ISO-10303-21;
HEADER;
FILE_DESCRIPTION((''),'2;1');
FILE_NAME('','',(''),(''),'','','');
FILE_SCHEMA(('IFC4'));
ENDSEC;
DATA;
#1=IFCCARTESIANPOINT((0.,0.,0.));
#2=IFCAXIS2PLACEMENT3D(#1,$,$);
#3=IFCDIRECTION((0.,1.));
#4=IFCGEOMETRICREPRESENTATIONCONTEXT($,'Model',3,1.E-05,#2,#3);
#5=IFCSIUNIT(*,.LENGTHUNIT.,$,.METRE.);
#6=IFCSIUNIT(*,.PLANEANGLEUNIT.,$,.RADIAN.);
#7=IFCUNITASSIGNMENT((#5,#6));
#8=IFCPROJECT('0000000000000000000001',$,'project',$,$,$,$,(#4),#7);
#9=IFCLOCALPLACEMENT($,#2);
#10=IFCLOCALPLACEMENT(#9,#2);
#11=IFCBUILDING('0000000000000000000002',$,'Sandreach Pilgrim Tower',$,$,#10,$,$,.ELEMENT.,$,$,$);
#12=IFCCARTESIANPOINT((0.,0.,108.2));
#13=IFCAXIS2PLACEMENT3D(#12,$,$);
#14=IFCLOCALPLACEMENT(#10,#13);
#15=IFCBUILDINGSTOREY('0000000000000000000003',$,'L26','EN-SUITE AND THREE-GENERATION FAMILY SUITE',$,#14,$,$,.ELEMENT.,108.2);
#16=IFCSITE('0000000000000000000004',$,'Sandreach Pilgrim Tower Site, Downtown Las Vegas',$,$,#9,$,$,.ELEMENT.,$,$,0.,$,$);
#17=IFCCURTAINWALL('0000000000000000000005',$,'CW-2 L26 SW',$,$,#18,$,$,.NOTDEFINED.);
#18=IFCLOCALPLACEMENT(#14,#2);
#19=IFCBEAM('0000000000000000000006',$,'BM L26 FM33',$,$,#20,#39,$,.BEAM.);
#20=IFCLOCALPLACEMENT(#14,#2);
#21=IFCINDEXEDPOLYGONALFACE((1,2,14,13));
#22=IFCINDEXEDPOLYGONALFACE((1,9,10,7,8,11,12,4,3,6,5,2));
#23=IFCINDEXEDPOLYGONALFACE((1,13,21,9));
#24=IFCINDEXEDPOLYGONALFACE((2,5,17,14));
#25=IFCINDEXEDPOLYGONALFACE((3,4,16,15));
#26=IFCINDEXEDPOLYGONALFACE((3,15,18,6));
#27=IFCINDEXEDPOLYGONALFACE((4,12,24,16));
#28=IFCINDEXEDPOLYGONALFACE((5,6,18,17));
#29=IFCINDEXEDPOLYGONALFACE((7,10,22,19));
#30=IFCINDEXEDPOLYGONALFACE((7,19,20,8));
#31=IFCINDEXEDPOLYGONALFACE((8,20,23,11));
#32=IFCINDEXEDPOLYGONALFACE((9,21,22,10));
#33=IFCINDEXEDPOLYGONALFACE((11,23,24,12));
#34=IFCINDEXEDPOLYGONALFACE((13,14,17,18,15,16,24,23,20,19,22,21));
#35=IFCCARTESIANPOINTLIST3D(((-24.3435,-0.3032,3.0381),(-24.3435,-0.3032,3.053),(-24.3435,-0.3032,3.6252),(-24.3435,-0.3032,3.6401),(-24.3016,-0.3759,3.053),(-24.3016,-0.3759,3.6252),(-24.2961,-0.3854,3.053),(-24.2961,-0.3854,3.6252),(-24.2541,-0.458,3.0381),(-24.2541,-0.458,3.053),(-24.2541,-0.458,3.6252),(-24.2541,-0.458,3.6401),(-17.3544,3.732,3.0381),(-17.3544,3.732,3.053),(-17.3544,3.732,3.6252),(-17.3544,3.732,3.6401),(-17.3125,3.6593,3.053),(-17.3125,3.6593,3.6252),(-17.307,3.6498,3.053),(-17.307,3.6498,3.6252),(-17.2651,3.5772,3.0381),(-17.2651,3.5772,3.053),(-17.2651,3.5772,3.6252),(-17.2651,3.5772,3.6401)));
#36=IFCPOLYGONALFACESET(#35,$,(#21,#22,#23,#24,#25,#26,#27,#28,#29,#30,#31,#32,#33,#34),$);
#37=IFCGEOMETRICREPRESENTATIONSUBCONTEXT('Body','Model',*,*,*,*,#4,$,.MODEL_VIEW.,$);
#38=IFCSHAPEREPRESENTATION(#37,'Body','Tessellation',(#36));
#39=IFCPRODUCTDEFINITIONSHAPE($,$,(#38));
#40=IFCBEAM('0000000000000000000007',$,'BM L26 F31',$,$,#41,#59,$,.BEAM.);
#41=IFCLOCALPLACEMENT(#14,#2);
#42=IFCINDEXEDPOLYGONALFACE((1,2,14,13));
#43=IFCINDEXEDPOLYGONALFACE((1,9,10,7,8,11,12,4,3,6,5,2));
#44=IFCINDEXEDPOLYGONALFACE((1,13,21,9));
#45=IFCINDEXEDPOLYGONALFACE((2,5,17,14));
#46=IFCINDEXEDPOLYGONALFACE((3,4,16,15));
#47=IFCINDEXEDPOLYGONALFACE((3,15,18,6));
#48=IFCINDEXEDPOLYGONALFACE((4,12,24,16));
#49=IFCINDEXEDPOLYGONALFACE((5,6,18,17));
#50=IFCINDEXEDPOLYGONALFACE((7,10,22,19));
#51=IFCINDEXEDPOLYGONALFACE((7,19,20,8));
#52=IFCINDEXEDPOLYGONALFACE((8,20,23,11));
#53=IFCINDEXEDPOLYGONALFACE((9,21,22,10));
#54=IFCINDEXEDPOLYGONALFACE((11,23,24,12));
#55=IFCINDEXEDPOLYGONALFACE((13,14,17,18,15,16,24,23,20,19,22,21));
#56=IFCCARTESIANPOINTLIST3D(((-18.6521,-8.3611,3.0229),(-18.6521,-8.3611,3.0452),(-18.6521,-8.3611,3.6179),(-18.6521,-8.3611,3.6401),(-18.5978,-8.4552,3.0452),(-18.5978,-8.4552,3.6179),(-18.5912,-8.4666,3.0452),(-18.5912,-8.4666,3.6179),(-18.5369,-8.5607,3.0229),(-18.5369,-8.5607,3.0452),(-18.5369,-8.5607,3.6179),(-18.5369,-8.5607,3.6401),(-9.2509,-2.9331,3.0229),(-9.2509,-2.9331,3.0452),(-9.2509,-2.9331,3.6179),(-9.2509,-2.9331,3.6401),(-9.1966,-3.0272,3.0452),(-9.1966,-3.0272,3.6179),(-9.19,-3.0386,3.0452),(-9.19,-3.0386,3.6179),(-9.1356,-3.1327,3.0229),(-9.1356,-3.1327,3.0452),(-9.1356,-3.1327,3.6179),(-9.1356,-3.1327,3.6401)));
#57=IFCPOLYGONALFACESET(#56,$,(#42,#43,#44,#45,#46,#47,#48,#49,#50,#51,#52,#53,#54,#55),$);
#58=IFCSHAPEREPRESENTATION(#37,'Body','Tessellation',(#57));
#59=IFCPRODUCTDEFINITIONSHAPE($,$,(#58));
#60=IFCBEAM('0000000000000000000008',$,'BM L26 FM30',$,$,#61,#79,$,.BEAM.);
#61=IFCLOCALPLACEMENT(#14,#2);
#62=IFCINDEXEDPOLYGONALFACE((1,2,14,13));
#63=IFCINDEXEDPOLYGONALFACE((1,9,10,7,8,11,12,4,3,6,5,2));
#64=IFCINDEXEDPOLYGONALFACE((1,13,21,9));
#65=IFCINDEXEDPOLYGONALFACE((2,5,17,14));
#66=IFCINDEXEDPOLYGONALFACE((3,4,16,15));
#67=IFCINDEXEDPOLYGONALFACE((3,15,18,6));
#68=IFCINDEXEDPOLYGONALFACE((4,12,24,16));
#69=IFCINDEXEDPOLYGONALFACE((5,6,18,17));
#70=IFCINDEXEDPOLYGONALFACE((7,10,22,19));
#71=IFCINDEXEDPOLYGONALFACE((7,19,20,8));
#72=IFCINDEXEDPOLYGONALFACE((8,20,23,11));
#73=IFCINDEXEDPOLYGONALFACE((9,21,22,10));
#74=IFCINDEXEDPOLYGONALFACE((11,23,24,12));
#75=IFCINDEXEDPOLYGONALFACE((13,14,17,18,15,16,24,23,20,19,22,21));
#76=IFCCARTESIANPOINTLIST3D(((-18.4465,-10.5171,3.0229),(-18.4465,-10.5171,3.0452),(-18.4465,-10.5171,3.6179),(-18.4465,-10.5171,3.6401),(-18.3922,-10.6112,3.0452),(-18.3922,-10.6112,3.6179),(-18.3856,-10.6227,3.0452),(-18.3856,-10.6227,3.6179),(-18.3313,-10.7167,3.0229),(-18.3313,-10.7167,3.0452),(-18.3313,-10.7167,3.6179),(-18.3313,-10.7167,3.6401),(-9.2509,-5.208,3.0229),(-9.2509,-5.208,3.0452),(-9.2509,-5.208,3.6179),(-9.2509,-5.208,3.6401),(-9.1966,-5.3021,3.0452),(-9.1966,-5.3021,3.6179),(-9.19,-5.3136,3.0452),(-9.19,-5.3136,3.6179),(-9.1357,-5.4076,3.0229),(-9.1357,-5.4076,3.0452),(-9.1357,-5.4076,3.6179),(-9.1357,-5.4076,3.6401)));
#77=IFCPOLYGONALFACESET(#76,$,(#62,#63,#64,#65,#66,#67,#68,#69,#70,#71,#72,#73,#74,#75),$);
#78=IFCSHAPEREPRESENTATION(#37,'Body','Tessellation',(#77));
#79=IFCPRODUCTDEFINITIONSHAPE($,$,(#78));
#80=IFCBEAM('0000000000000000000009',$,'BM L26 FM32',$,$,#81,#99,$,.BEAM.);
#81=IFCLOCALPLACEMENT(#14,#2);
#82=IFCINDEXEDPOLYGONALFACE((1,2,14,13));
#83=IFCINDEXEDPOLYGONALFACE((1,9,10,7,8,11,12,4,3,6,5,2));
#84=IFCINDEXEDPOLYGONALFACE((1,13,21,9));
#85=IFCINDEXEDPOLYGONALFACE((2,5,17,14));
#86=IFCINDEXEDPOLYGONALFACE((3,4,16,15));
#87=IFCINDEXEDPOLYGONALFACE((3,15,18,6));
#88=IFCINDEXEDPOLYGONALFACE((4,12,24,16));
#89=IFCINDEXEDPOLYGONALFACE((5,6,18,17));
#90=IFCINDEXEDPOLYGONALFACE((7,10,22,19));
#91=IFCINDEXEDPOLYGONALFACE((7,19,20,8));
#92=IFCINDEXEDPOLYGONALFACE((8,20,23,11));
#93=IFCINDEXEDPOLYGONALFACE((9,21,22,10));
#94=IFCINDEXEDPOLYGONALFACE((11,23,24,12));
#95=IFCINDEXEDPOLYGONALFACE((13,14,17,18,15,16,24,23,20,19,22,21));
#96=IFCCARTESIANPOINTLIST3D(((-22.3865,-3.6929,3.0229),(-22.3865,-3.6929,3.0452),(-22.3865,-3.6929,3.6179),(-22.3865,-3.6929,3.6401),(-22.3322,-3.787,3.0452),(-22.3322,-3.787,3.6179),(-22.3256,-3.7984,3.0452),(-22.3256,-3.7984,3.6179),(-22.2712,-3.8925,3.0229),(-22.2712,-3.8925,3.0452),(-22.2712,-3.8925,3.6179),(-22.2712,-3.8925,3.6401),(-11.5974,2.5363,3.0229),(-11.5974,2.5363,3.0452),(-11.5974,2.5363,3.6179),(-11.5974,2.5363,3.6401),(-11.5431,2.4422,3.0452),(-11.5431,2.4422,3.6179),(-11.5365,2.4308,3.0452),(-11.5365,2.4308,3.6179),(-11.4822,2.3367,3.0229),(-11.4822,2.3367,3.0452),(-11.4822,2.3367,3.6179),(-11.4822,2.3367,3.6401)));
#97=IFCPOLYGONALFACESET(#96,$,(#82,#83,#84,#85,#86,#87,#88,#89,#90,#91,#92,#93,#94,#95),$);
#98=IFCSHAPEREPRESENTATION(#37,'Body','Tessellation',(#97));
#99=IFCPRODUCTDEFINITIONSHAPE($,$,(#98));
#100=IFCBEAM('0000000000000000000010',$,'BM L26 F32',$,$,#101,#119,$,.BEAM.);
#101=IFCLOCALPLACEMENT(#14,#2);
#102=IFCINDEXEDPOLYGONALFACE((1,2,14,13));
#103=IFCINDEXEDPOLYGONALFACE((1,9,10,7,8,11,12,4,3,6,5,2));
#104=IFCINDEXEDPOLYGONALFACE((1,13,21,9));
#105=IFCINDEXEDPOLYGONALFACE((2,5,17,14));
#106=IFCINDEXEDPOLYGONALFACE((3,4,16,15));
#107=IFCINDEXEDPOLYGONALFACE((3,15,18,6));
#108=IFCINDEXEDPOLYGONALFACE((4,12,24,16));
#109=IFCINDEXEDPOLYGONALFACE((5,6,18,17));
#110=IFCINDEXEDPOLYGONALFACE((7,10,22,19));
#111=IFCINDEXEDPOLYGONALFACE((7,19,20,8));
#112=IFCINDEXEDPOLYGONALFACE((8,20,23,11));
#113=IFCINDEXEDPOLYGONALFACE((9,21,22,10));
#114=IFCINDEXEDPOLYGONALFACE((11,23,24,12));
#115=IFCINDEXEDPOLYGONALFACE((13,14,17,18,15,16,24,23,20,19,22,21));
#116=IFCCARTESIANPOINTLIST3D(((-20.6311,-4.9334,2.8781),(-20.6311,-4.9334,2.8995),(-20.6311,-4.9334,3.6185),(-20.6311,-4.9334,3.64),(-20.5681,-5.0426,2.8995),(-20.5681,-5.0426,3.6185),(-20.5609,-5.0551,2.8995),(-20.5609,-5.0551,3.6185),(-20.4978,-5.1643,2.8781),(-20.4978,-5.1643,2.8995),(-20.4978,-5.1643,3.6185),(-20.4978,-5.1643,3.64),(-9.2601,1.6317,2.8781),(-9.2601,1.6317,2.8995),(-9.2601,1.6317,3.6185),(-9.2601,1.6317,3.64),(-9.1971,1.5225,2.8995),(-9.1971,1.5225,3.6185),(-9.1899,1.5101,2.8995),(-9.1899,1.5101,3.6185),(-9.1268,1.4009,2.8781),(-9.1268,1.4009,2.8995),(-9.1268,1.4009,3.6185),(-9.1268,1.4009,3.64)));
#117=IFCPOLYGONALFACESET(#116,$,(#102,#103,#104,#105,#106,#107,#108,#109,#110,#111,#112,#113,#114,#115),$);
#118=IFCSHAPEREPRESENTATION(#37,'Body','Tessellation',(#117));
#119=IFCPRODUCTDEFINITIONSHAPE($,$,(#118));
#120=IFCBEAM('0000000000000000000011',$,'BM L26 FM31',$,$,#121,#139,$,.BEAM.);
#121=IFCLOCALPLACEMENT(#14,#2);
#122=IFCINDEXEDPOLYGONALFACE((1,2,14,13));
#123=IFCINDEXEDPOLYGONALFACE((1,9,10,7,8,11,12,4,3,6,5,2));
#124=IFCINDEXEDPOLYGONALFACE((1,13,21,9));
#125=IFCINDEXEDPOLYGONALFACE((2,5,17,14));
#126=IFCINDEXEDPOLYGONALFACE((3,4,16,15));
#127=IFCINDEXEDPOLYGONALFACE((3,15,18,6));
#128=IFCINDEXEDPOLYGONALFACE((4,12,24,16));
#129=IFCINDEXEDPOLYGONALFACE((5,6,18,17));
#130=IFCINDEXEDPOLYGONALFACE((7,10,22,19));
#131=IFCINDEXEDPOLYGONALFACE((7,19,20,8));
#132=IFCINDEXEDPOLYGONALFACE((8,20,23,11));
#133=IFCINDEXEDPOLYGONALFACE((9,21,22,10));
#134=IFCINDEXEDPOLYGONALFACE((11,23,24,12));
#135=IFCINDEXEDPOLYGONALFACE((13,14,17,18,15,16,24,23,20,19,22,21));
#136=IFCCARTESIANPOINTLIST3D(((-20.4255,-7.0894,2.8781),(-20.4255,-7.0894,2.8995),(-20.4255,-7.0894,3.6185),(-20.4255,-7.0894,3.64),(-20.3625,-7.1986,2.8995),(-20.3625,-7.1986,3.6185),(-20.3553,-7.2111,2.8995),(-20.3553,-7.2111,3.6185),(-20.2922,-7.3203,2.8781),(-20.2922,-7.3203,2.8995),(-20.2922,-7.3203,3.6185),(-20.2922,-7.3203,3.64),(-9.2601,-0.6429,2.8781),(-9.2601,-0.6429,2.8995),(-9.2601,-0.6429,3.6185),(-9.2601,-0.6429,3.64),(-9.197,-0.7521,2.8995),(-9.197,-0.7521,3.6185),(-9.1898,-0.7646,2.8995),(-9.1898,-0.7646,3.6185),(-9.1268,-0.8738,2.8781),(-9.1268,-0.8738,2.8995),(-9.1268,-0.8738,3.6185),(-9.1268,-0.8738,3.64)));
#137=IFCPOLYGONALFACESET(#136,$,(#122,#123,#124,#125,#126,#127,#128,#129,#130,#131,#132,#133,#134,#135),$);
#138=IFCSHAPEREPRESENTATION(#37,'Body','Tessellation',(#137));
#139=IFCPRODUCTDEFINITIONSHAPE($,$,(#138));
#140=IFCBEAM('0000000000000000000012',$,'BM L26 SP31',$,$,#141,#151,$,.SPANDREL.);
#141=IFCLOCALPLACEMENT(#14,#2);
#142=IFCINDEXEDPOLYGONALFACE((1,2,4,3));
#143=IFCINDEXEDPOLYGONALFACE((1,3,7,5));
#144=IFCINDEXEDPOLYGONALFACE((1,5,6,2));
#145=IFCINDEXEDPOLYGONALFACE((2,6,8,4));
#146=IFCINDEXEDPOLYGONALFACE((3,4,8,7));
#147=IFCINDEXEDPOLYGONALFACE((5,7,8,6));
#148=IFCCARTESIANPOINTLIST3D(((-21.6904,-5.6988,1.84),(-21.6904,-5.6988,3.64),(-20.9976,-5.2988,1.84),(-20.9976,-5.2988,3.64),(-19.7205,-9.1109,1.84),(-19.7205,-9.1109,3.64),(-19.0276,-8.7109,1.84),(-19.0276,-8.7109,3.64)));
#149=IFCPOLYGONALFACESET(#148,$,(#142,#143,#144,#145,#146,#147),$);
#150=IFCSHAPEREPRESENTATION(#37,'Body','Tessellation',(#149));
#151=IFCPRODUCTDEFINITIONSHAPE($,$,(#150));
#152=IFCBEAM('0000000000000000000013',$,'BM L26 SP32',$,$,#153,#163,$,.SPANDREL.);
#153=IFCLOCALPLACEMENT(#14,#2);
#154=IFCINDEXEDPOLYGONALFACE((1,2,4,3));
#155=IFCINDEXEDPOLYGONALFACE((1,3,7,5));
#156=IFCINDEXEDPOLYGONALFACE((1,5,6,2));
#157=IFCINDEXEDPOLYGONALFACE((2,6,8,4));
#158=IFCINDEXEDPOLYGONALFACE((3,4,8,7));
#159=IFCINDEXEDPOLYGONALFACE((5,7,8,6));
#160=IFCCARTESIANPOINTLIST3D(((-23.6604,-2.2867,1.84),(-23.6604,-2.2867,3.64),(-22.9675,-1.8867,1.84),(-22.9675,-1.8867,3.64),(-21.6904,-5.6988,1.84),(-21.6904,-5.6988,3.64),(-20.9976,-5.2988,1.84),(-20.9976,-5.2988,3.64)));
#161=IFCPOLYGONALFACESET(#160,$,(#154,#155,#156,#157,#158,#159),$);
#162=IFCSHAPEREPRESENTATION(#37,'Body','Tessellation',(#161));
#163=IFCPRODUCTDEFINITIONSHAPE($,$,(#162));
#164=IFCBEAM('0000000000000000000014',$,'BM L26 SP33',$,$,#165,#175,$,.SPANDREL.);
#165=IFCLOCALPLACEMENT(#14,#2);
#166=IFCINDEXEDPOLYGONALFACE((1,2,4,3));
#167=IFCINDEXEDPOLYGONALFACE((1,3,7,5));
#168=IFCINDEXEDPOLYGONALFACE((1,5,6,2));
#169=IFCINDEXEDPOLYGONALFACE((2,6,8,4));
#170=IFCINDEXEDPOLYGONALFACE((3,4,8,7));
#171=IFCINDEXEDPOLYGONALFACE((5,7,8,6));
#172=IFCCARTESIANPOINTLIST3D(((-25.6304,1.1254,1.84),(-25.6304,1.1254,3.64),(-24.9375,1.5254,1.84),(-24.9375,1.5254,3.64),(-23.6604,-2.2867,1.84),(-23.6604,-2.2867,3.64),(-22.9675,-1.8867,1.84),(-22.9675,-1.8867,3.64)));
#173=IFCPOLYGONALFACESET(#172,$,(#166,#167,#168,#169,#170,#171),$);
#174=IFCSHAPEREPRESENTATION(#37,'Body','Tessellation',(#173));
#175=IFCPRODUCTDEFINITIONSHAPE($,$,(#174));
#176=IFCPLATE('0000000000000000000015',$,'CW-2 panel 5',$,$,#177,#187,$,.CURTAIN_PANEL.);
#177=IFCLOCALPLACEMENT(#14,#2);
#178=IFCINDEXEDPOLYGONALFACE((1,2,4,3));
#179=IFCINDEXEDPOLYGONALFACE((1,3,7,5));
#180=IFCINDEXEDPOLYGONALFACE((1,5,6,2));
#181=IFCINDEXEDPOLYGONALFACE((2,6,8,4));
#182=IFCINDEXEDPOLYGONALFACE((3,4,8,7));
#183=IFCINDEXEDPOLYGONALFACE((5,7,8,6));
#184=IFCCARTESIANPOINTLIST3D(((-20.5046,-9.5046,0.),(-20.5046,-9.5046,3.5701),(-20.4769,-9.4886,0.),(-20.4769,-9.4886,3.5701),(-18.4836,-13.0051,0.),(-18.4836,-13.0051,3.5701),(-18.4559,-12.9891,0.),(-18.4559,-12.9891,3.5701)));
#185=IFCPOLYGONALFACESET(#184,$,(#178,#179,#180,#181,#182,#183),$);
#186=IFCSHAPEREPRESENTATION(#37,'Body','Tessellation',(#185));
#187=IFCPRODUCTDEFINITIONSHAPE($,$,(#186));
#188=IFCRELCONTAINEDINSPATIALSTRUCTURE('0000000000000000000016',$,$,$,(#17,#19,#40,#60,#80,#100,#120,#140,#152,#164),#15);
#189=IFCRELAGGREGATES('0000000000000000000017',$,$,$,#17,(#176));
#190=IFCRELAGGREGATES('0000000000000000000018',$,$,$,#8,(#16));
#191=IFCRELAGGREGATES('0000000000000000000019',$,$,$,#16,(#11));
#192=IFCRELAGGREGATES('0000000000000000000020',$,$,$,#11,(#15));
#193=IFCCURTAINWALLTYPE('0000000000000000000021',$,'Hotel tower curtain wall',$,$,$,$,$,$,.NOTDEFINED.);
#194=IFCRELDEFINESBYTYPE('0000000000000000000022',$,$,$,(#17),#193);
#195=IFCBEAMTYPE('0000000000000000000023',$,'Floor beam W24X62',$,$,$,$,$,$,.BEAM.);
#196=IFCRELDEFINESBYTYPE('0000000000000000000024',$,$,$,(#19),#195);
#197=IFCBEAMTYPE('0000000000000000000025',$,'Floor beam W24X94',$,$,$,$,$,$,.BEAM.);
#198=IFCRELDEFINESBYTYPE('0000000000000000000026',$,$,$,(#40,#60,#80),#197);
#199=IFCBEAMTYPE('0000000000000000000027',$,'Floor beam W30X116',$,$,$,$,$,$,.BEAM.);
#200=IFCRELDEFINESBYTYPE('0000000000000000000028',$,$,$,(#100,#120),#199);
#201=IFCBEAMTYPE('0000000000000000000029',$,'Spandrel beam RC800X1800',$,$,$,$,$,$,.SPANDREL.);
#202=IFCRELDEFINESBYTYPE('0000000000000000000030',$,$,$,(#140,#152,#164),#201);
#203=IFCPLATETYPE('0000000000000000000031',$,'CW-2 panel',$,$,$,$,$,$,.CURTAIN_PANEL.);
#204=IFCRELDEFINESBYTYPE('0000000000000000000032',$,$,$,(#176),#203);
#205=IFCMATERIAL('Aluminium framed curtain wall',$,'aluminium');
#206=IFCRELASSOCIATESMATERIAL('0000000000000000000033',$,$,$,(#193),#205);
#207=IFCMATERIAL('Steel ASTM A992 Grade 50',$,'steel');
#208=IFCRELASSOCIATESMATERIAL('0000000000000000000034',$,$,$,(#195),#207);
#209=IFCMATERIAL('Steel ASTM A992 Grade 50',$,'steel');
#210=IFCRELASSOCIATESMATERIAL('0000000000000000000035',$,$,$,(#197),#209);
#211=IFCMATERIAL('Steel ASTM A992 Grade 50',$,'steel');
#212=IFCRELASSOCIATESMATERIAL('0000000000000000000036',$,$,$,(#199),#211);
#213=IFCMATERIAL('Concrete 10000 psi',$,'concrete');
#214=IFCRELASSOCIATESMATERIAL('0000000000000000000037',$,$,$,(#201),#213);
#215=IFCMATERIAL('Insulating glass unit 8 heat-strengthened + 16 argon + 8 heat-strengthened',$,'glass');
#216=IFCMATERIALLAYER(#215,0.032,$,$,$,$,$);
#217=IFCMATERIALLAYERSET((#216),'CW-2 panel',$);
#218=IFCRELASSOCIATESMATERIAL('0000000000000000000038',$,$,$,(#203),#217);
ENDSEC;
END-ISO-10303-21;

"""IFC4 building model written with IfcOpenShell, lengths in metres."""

from ifc_helpers import new_model, si_unit, direction, frame, origin, origin_2d, place, context, subcontext, project, spatial, rectangle, i_section, extrude, material, layer, layer_set, material_profile, profile_set, type_object, element, aggregate, save


model = new_model("IFC4")

# Units and contexts
model_context = context("Model", 3, precision=1e-05, world=origin(), true_north=direction((0.0, 1.0)))
body_context = subcontext(model_context, "Body", "Model", "MODEL_VIEW")
ifc_project = project(units=[si_unit("LENGTHUNIT", "METRE"), si_unit("PLANEANGLEUNIT", "RADIAN")], contexts=[model_context])

# Site, building, storey
site_placement = place(None, origin())
site = spatial("IfcSite", under=ifc_project, at=site_placement, Name="Sandreach Pilgrim Tower Site, Downtown Las Vegas", CompositionType="ELEMENT", RefElevation=0.0)
building_placement = place(site_placement, origin())
building = spatial("IfcBuilding", under=site, at=building_placement, Name="Sandreach Pilgrim Tower", CompositionType="ELEMENT")
storey_placement = place(building_placement, frame((0.0, 0.0, 108.2)))
storey = spatial("IfcBuildingStorey", under=building, at=storey_placement, Name="L26", Description="EN-SUITE AND THREE-GENERATION FAMILY SUITE", CompositionType="ELEMENT", Elevation=108.2)

# Curtain wall
ifc_material_1 = material(Name="Aluminium framed curtain wall", Category="aluminium")
curtain_wall_type = type_object("IfcCurtainWallType", Name="Hotel tower curtain wall", PredefinedType="NOTDEFINED", material=ifc_material_1)
curtain_wall_placement = place(storey_placement, origin())
curtain_wall = element("IfcCurtainWall", 1, at=curtain_wall_placement, inside=storey, type_object=curtain_wall_type, Name="CW-2 L26 SW", PredefinedType="NOTDEFINED")

# Beams
ifc_material_2 = material(Name="Steel ASTM A992 Grade 50", Category="steel")
ifc_material_profile_1 = material_profile(ifc_material_2, i_section(OverallWidth=0.1787, OverallDepth=0.6021, WebThickness=0.011, FlangeThickness=0.0149, at=origin_2d()), Name="W24X62")
ifc_profile_set_1 = profile_set([ifc_material_profile_1], Name="Steel ASTM A992 Grade 50")
beam_type_1 = type_object("IfcBeamType", Name="Floor beam W24X62", PredefinedType="BEAM", material=ifc_profile_set_1)
beam_1_placement = place(storey_placement, frame((-24.2988, -0.3806, 3.3391), z_axis=(0.866023, 0.500004, 0.0), x_axis=(-0.500004, 0.866023, 0.0)))
element("IfcBeam", 2, at=beam_1_placement, inside=storey, type_object=beam_type_1, Name="BM L26 FM33", PredefinedType="BEAM", context=body_context, shape_type="SweptSolid", body=[
    extrude(i_section(OverallWidth=0.1787, OverallDepth=0.6021, WebThickness=0.011, FlangeThickness=0.0149, at=origin_2d()), origin(), (0.0, 0.0, 1.0), 8.0703),
])
ifc_material_3 = material(Name="Steel ASTM A992 Grade 50", Category="steel")
ifc_material_profile_2 = material_profile(ifc_material_3, i_section(OverallWidth=0.2305, OverallDepth=0.6172, WebThickness=0.0132, FlangeThickness=0.0222, at=origin_2d()), Name="W24X94")
ifc_profile_set_2 = profile_set([ifc_material_profile_2], Name="Steel ASTM A992 Grade 50")
beam_type_2 = type_object("IfcBeamType", Name="Floor beam W24X94", PredefinedType="BEAM", material=ifc_profile_set_2)
beam_2_placement = place(storey_placement, frame((-18.5945, -8.4609, 3.3315), z_axis=(0.866016, 0.500016, 0.0), x_axis=(-0.500016, 0.866016, 0.0)))
element("IfcBeam", 3, at=beam_2_placement, inside=storey, type_object=beam_type_2, Name="BM L26 F31", PredefinedType="BEAM", context=body_context, shape_type="SweptSolid", body=[
    extrude(i_section(OverallWidth=0.2305, OverallDepth=0.6172, WebThickness=0.0132, FlangeThickness=0.0222, at=origin_2d()), origin(), (0.0, 0.0, 1.0), 10.8557),
])
beam_3_placement = place(storey_placement, frame((-18.3889, -10.6169, 3.3315), z_axis=(0.866024, 0.500002, 0.0), x_axis=(-0.500002, 0.866024, 0.0)))
element("IfcBeam", 4, at=beam_3_placement, inside=storey, type_object=beam_type_2, Name="BM L26 FM30", PredefinedType="BEAM", context=body_context, shape_type="SweptSolid", body=[
    extrude(i_section(OverallWidth=0.2305, OverallDepth=0.6172, WebThickness=0.0132, FlangeThickness=0.0222, at=origin_2d()), origin(), (0.0, 0.0, 1.0), 10.6182),
])
beam_4_placement = place(storey_placement, frame((-22.3289, -3.7927, 3.3315), z_axis=(0.866019, 0.500011, 0.0), x_axis=(-0.500011, 0.866019, 0.0)))
element("IfcBeam", 5, at=beam_4_placement, inside=storey, type_object=beam_type_2, Name="BM L26 FM32", PredefinedType="BEAM", context=body_context, shape_type="SweptSolid", body=[
    extrude(i_section(OverallWidth=0.2305, OverallDepth=0.6172, WebThickness=0.0132, FlangeThickness=0.0222, at=origin_2d()), origin(), (0.0, 0.0, 1.0), 12.4583),
])
ifc_material_4 = material(Name="Steel ASTM A992 Grade 50", Category="steel")
ifc_material_profile_3 = material_profile(ifc_material_4, i_section(OverallWidth=0.2666, OverallDepth=0.762, WebThickness=0.0144, FlangeThickness=0.0215, at=origin_2d()), Name="W30X116")
ifc_profile_set_3 = profile_set([ifc_material_profile_3], Name="Steel ASTM A992 Grade 50")
beam_type_3 = type_object("IfcBeamType", Name="Floor beam W30X116", PredefinedType="BEAM", material=ifc_profile_set_3)
beam_5_placement = place(storey_placement, frame((-20.5645, -5.0488, 3.259), z_axis=(0.866023, 0.500005, 0.0), x_axis=(-0.500005, 0.866023, 0.0)))
element("IfcBeam", 6, at=beam_5_placement, inside=storey, type_object=beam_type_3, Name="BM L26 F32", PredefinedType="BEAM", context=body_context, shape_type="SweptSolid", body=[
    extrude(i_section(OverallWidth=0.2666, OverallDepth=0.762, WebThickness=0.0144, FlangeThickness=0.0215, at=origin_2d()), origin(), (0.0, 0.0, 1.0), 13.1301),
])
beam_6_placement = place(storey_placement, frame((-20.3589, -7.2048, 3.259), z_axis=(0.866022, 0.500007, 0.0), x_axis=(-0.500007, 0.866022, 0.0)))
element("IfcBeam", 7, at=beam_6_placement, inside=storey, type_object=beam_type_3, Name="BM L26 FM31", PredefinedType="BEAM", context=body_context, shape_type="SweptSolid", body=[
    extrude(i_section(OverallWidth=0.2666, OverallDepth=0.762, WebThickness=0.0144, FlangeThickness=0.0215, at=origin_2d()), origin(), (0.0, 0.0, 1.0), 12.8928),
])
ifc_material_5 = material(Name="Concrete 10000 psi", Category="concrete")
ifc_material_profile_4 = material_profile(ifc_material_5, rectangle(XDim=0.8, YDim=1.8, at=origin_2d()), Name="RC800X1800")
ifc_profile_set_4 = profile_set([ifc_material_profile_4], Name="Concrete 10000 psi")
beam_type_4 = type_object("IfcBeamType", Name="Spandrel beam RC800X1800", PredefinedType="SPANDREL", material=ifc_profile_set_4)
for number, where, z_axis, x_axis, name in (
    (8, (-19.374, -8.9109, 2.74), (-0.499998, 0.866027, 0.0), (-0.866027, -0.499998, 0.0), "BM L26 SP31"),
    (9, (-21.344, -5.4988, 2.74), (-0.499998, 0.866027, 0.0), (-0.866027, -0.499998, 0.0), "BM L26 SP32"),
    (10, (-23.314, -2.0867, 2.74), (-0.499998, 0.866027, 0.0), (-0.866027, -0.499998, 0.0), "BM L26 SP33"),
):
    element("IfcBeam", number, at=place(storey_placement, frame(where, z_axis=z_axis, x_axis=x_axis)), inside=storey, type_object=beam_type_4, Name=name, PredefinedType="SPANDREL", context=body_context, shape_type="SweptSolid", body=[
        extrude(rectangle(XDim=0.8, YDim=1.8, at=origin_2d()), origin(), (0.0, 0.0, 1.0), 3.9399),
    ])

# Plate
ifc_material_6 = material(Name="Insulating glass unit 8 heat-strengthened + 16 argon + 8 heat-strengthened", Category="glass")
ifc_layer_1 = layer(ifc_material_6, 0.032)
ifc_layer_set_1 = layer_set([ifc_layer_1], Name="CW-2 panel")
plate_type = type_object("IfcPlateType", Name="CW-2 panel", PredefinedType="CURTAIN_PANEL", material=ifc_layer_set_1)
plate_1_placement = place(storey_placement, frame((-19.4802, -11.2468, 0.0), z_axis=(0.0, 0.0, 1.0), x_axis=(-0.5, 0.866025, 0.0)))
plate_1 = element("IfcPlate", 11, at=plate_1_placement, type_object=plate_type, Name="CW-2 panel 5", PredefinedType="CURTAIN_PANEL", context=body_context, shape_type="SweptSolid", body=[
    extrude(rectangle(XDim=4.042, YDim=0.032, at=origin_2d()), origin(), (0.0, 0.0, 1.0), 3.5701),
])
aggregate(curtain_wall, [plate_1])

save(model, "model.ifc")
